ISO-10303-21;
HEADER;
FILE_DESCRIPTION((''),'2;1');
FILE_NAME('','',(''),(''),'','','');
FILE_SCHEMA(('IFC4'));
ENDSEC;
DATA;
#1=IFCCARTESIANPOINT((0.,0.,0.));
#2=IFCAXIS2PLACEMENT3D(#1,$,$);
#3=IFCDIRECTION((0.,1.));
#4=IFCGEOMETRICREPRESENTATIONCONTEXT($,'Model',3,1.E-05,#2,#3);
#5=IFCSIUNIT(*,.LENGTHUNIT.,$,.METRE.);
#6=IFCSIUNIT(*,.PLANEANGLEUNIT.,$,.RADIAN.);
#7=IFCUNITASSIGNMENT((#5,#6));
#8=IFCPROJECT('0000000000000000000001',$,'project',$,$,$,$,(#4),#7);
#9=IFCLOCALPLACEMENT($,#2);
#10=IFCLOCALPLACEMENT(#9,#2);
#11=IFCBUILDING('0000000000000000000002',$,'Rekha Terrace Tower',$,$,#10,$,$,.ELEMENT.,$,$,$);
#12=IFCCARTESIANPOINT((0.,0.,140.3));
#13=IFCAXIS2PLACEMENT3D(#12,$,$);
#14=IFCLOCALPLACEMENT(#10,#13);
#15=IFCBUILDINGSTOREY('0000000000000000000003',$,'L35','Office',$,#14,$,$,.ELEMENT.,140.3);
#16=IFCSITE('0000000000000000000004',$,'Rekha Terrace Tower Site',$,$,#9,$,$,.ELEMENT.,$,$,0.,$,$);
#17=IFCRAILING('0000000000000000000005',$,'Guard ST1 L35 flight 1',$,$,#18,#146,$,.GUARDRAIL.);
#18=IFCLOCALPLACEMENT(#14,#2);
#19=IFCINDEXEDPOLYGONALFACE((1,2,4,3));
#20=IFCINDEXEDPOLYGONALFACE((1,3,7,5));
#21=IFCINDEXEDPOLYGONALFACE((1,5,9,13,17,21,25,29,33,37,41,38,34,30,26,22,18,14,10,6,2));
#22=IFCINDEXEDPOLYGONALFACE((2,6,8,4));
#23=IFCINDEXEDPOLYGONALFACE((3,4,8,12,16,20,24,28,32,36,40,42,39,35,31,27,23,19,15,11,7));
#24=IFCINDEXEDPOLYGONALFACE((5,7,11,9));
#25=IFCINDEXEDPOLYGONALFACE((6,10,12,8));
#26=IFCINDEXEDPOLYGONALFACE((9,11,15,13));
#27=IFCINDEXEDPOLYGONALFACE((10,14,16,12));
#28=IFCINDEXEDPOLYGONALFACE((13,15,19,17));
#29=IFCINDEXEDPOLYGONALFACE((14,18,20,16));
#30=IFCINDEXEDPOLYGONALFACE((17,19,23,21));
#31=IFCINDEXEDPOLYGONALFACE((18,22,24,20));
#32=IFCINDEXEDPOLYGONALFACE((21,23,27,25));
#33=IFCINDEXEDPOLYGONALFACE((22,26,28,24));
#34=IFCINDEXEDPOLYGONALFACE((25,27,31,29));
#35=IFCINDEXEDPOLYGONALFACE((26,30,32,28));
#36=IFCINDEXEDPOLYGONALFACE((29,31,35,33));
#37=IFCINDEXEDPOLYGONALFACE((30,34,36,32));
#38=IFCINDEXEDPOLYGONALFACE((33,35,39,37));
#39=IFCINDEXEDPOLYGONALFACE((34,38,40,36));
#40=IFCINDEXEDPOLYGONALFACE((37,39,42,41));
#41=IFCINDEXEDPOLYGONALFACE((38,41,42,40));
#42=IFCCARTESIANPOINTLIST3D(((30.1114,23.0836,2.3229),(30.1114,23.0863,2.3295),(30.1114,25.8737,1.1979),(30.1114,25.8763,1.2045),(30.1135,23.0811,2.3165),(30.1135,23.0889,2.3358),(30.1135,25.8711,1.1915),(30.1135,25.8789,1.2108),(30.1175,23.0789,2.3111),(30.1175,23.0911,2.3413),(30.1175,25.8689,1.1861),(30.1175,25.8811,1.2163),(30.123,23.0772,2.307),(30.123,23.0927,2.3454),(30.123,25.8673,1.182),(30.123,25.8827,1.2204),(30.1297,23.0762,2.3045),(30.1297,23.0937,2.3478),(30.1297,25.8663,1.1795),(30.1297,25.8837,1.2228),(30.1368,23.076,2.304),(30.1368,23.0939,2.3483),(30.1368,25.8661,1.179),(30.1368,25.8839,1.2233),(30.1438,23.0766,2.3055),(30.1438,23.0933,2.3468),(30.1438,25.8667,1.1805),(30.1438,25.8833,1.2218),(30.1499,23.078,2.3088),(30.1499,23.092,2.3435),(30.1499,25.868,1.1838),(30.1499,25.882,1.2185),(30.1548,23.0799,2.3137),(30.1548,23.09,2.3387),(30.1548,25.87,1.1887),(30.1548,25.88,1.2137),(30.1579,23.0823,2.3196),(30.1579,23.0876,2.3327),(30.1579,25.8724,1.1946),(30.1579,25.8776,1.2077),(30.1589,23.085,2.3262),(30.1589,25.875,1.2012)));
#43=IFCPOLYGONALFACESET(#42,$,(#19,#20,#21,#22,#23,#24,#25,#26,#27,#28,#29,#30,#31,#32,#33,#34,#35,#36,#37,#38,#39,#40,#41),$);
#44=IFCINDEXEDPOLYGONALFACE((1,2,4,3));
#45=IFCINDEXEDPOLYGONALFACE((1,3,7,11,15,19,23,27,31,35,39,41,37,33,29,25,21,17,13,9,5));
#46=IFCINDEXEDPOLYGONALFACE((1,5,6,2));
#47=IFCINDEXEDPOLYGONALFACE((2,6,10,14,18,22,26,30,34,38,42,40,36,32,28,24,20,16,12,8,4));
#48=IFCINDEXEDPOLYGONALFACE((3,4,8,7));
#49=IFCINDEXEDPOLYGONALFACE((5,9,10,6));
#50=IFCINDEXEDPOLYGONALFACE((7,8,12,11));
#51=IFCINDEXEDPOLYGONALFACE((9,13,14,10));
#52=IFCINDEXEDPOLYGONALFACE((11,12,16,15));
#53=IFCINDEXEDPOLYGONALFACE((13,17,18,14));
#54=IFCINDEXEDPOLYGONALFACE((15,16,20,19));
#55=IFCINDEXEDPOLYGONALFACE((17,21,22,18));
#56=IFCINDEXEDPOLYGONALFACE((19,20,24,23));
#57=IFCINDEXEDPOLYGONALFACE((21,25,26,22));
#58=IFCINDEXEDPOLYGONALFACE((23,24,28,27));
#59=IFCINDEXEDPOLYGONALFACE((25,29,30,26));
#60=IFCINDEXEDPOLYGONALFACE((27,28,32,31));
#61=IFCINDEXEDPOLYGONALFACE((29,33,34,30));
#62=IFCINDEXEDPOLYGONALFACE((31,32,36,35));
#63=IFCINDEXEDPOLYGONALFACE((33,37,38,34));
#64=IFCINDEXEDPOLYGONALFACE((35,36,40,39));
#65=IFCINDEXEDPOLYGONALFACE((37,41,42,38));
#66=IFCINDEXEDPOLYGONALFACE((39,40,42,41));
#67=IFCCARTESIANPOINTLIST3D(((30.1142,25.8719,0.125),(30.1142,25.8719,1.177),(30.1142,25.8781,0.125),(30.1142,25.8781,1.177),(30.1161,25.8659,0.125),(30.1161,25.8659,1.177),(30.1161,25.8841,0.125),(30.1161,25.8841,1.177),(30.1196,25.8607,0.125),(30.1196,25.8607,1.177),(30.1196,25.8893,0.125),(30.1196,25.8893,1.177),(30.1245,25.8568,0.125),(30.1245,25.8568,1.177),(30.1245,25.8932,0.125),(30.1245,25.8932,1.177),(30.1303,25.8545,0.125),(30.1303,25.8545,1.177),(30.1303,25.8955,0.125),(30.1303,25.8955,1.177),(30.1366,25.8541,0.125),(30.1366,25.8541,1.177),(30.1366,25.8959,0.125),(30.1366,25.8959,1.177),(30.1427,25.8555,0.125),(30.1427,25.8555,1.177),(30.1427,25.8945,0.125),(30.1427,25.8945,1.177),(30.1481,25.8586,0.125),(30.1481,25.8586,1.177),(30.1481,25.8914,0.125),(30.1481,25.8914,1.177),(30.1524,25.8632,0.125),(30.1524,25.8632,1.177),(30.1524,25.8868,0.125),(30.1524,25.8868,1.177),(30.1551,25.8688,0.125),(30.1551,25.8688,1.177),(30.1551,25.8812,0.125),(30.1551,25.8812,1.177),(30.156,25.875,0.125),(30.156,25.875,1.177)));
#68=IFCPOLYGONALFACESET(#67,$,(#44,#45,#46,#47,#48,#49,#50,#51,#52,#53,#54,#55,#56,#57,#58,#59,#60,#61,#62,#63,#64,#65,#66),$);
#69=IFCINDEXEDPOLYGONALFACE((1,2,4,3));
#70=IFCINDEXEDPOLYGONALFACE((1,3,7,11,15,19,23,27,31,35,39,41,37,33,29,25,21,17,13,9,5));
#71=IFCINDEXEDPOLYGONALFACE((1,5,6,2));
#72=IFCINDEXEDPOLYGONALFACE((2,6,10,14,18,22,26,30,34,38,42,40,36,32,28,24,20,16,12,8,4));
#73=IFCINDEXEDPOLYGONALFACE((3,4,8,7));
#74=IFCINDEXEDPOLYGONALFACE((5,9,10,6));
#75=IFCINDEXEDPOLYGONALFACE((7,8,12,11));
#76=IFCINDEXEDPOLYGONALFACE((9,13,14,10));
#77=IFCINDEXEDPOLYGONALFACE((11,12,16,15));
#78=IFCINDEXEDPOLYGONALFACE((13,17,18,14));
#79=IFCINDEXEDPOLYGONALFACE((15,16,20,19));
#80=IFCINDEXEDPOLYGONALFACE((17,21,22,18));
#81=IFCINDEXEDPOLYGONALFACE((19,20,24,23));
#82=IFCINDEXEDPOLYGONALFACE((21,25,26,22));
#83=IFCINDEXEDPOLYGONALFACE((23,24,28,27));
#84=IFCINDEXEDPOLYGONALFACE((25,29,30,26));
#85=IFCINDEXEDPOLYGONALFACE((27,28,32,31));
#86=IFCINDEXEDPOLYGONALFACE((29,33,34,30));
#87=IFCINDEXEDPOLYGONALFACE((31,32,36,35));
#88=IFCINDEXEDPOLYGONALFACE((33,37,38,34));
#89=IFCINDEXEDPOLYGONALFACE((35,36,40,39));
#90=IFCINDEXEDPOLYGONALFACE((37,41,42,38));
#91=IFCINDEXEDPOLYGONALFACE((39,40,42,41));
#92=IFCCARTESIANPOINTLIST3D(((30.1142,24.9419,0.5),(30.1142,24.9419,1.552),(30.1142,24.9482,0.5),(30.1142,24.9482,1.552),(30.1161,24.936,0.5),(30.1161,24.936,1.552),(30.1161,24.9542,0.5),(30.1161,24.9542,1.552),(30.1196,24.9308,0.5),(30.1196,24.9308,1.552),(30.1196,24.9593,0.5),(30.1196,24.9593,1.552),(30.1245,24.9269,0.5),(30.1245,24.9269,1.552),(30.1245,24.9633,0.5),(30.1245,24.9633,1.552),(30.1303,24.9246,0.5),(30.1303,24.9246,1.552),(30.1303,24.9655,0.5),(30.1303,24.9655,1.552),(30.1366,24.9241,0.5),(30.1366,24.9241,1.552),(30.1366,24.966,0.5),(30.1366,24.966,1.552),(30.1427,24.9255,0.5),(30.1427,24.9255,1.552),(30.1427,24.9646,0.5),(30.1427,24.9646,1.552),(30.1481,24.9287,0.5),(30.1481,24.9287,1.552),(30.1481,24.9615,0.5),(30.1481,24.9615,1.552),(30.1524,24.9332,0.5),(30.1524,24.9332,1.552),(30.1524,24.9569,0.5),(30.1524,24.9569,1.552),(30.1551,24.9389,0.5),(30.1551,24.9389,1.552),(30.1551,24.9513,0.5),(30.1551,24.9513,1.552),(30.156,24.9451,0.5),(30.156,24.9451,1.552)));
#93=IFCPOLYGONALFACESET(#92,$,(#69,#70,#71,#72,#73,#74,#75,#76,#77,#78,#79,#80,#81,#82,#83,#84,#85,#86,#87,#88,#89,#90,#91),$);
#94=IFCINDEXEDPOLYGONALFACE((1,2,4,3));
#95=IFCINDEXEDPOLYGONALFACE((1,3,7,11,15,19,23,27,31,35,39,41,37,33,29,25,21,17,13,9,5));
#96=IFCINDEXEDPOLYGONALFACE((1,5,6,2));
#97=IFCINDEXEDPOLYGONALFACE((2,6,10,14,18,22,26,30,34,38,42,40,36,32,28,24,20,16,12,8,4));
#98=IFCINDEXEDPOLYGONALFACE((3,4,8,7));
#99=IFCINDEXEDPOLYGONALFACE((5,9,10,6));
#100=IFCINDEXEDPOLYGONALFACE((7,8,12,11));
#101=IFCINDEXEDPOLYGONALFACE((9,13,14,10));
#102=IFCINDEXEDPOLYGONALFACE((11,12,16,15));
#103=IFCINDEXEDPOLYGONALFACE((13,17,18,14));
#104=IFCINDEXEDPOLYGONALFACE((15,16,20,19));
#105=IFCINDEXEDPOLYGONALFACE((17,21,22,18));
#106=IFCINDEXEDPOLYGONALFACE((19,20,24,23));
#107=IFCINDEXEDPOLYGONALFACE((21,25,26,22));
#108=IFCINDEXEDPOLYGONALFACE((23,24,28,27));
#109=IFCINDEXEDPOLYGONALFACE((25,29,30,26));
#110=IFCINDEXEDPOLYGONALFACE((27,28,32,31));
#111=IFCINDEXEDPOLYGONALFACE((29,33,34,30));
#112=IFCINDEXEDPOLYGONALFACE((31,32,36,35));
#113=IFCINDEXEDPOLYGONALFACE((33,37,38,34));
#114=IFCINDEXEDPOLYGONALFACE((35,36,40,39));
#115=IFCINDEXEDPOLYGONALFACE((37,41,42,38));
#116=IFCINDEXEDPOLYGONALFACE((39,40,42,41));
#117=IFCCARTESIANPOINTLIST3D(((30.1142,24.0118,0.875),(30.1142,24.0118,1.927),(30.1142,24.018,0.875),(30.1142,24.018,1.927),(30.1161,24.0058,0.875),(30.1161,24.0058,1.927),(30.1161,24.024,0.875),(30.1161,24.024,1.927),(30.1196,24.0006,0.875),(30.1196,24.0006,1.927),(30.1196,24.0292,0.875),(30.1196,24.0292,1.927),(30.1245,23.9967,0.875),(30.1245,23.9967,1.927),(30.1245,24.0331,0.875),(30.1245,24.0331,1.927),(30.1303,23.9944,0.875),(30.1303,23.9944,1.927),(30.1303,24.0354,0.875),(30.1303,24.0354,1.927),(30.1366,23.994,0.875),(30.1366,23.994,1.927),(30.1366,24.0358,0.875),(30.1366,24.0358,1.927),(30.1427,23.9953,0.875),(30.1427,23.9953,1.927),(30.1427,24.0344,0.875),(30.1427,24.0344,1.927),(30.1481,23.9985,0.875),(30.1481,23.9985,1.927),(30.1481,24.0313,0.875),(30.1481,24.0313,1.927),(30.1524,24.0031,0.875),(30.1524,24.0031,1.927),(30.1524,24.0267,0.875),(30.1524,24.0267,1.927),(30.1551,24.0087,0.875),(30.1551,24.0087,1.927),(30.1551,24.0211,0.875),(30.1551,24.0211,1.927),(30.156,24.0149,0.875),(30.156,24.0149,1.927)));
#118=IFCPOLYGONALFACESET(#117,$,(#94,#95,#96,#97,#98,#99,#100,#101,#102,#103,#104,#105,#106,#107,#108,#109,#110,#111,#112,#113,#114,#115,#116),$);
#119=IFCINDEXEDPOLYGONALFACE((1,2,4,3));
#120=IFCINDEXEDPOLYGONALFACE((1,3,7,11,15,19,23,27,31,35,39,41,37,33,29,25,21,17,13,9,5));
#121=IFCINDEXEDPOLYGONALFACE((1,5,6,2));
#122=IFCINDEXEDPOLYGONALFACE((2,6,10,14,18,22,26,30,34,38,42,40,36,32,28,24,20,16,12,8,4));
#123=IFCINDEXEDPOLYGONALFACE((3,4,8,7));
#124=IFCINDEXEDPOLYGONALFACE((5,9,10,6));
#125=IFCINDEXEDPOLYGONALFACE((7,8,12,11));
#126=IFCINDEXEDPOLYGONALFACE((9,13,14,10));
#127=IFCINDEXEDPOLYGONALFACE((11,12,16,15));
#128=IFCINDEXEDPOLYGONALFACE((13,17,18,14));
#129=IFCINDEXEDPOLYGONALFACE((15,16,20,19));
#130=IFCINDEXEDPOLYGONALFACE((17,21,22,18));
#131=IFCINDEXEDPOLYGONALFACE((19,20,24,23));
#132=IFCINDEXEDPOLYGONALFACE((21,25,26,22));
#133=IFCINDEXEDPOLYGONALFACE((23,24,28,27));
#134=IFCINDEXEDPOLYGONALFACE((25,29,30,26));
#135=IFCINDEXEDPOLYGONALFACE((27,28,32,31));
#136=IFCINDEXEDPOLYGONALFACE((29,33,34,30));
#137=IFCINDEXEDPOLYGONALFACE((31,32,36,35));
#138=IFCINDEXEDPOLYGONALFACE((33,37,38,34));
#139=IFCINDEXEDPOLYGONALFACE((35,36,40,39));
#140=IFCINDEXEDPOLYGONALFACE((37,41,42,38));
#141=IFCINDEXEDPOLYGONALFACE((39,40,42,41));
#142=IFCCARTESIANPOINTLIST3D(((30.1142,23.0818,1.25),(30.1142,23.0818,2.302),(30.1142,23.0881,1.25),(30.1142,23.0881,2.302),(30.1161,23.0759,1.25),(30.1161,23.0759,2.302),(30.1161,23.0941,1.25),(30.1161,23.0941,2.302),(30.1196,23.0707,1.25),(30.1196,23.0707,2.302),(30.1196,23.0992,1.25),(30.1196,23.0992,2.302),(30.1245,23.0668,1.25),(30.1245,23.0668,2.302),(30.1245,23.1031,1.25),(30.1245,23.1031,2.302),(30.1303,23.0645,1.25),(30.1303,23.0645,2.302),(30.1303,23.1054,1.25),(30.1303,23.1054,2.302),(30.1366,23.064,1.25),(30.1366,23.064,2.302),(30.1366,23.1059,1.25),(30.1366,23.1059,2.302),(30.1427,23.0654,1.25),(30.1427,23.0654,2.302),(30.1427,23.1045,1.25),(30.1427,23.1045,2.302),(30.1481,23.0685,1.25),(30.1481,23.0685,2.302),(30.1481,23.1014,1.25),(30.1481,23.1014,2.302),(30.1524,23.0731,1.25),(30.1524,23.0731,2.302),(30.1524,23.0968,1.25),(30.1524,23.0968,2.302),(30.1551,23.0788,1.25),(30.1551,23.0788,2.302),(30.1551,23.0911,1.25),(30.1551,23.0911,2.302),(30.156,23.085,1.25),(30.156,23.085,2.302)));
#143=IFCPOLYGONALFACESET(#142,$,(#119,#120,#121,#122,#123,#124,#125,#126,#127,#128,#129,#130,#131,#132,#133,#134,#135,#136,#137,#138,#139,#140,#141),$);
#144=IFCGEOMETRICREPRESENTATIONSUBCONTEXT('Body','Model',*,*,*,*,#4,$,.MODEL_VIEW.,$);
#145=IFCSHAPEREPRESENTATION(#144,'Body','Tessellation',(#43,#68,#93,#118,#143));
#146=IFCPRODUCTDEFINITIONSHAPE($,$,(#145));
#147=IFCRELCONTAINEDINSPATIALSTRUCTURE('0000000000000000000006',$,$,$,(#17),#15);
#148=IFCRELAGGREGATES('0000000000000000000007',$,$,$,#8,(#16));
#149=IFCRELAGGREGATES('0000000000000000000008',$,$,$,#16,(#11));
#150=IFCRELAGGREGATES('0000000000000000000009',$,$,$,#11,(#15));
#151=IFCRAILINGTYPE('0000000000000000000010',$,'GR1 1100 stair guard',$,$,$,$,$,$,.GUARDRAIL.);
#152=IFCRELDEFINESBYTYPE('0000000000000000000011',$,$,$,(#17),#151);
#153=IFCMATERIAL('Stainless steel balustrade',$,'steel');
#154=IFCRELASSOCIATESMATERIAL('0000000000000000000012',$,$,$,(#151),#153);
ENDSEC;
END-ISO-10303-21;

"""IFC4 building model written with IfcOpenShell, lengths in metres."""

from ifc_helpers import new_model, si_unit, direction, frame, origin, origin_2d, place, context, subcontext, project, spatial, circle, extrude, material, type_object, element, save


model = new_model("IFC4")

# Units and contexts
model_context = context("Model", 3, precision=1e-05, world=origin(), true_north=direction((0.0, 1.0)))
body_context = subcontext(model_context, "Body", "Model", "MODEL_VIEW")
ifc_project = project(units=[si_unit("LENGTHUNIT", "METRE"), si_unit("PLANEANGLEUNIT", "RADIAN")], contexts=[model_context])

# Site, building, storey
site_placement = place(None, origin())
site = spatial("IfcSite", under=ifc_project, at=site_placement, Name="Rekha Terrace Tower Site", CompositionType="ELEMENT", RefElevation=0.0)
building_placement = place(site_placement, origin())
building = spatial("IfcBuilding", under=site, at=building_placement, Name="Rekha Terrace Tower", CompositionType="ELEMENT")
storey_placement = place(building_placement, frame((0.0, 0.0, 140.3)))
storey = spatial("IfcBuildingStorey", under=building, at=storey_placement, Name="L35", Description="Office", CompositionType="ELEMENT", Elevation=140.3)

# Railing
ifc_material_1 = material(Name="Stainless steel balustrade", Category="steel")
railing_type_1 = type_object("IfcRailingType", Name="GR1 1100 stair guard", PredefinedType="GUARDRAIL", material=ifc_material_1)
railing_1_placement = place(storey_placement, frame((30.135, 25.875, 0.125)))
element("IfcRailing", 1, at=railing_1_placement, inside=storey, type_object=railing_type_1, Name="Guard ST1 L35 flight 1", PredefinedType="GUARDRAIL", context=body_context, shape_type="SweptSolid", body=[
    extrude(circle(Radius=0.0239, at=origin_2d()), frame((0.0, 0.0, 1.0762), z_axis=(0.0, -0.927443, 0.373964), x_axis=(1.0, 0.0, 0.0)), (0.0, 0.0, 1.0), 3.0083),
    extrude(circle(Radius=0.021, at=origin_2d()), origin(), (0.0, 0.0, 1.0), 1.052),
    extrude(circle(Radius=0.021, at=origin_2d()), frame((0.0, -0.9299, 0.375)), (0.0, 0.0, 1.0), 1.052),
    extrude(circle(Radius=0.021, at=origin_2d()), frame((0.0, -1.8601, 0.75)), (0.0, 0.0, 1.0), 1.052),
    extrude(circle(Radius=0.021, at=origin_2d()), frame((0.0, -2.79, 1.125)), (0.0, 0.0, 1.0), 1.052),
])

save(model, "model.ifc")
